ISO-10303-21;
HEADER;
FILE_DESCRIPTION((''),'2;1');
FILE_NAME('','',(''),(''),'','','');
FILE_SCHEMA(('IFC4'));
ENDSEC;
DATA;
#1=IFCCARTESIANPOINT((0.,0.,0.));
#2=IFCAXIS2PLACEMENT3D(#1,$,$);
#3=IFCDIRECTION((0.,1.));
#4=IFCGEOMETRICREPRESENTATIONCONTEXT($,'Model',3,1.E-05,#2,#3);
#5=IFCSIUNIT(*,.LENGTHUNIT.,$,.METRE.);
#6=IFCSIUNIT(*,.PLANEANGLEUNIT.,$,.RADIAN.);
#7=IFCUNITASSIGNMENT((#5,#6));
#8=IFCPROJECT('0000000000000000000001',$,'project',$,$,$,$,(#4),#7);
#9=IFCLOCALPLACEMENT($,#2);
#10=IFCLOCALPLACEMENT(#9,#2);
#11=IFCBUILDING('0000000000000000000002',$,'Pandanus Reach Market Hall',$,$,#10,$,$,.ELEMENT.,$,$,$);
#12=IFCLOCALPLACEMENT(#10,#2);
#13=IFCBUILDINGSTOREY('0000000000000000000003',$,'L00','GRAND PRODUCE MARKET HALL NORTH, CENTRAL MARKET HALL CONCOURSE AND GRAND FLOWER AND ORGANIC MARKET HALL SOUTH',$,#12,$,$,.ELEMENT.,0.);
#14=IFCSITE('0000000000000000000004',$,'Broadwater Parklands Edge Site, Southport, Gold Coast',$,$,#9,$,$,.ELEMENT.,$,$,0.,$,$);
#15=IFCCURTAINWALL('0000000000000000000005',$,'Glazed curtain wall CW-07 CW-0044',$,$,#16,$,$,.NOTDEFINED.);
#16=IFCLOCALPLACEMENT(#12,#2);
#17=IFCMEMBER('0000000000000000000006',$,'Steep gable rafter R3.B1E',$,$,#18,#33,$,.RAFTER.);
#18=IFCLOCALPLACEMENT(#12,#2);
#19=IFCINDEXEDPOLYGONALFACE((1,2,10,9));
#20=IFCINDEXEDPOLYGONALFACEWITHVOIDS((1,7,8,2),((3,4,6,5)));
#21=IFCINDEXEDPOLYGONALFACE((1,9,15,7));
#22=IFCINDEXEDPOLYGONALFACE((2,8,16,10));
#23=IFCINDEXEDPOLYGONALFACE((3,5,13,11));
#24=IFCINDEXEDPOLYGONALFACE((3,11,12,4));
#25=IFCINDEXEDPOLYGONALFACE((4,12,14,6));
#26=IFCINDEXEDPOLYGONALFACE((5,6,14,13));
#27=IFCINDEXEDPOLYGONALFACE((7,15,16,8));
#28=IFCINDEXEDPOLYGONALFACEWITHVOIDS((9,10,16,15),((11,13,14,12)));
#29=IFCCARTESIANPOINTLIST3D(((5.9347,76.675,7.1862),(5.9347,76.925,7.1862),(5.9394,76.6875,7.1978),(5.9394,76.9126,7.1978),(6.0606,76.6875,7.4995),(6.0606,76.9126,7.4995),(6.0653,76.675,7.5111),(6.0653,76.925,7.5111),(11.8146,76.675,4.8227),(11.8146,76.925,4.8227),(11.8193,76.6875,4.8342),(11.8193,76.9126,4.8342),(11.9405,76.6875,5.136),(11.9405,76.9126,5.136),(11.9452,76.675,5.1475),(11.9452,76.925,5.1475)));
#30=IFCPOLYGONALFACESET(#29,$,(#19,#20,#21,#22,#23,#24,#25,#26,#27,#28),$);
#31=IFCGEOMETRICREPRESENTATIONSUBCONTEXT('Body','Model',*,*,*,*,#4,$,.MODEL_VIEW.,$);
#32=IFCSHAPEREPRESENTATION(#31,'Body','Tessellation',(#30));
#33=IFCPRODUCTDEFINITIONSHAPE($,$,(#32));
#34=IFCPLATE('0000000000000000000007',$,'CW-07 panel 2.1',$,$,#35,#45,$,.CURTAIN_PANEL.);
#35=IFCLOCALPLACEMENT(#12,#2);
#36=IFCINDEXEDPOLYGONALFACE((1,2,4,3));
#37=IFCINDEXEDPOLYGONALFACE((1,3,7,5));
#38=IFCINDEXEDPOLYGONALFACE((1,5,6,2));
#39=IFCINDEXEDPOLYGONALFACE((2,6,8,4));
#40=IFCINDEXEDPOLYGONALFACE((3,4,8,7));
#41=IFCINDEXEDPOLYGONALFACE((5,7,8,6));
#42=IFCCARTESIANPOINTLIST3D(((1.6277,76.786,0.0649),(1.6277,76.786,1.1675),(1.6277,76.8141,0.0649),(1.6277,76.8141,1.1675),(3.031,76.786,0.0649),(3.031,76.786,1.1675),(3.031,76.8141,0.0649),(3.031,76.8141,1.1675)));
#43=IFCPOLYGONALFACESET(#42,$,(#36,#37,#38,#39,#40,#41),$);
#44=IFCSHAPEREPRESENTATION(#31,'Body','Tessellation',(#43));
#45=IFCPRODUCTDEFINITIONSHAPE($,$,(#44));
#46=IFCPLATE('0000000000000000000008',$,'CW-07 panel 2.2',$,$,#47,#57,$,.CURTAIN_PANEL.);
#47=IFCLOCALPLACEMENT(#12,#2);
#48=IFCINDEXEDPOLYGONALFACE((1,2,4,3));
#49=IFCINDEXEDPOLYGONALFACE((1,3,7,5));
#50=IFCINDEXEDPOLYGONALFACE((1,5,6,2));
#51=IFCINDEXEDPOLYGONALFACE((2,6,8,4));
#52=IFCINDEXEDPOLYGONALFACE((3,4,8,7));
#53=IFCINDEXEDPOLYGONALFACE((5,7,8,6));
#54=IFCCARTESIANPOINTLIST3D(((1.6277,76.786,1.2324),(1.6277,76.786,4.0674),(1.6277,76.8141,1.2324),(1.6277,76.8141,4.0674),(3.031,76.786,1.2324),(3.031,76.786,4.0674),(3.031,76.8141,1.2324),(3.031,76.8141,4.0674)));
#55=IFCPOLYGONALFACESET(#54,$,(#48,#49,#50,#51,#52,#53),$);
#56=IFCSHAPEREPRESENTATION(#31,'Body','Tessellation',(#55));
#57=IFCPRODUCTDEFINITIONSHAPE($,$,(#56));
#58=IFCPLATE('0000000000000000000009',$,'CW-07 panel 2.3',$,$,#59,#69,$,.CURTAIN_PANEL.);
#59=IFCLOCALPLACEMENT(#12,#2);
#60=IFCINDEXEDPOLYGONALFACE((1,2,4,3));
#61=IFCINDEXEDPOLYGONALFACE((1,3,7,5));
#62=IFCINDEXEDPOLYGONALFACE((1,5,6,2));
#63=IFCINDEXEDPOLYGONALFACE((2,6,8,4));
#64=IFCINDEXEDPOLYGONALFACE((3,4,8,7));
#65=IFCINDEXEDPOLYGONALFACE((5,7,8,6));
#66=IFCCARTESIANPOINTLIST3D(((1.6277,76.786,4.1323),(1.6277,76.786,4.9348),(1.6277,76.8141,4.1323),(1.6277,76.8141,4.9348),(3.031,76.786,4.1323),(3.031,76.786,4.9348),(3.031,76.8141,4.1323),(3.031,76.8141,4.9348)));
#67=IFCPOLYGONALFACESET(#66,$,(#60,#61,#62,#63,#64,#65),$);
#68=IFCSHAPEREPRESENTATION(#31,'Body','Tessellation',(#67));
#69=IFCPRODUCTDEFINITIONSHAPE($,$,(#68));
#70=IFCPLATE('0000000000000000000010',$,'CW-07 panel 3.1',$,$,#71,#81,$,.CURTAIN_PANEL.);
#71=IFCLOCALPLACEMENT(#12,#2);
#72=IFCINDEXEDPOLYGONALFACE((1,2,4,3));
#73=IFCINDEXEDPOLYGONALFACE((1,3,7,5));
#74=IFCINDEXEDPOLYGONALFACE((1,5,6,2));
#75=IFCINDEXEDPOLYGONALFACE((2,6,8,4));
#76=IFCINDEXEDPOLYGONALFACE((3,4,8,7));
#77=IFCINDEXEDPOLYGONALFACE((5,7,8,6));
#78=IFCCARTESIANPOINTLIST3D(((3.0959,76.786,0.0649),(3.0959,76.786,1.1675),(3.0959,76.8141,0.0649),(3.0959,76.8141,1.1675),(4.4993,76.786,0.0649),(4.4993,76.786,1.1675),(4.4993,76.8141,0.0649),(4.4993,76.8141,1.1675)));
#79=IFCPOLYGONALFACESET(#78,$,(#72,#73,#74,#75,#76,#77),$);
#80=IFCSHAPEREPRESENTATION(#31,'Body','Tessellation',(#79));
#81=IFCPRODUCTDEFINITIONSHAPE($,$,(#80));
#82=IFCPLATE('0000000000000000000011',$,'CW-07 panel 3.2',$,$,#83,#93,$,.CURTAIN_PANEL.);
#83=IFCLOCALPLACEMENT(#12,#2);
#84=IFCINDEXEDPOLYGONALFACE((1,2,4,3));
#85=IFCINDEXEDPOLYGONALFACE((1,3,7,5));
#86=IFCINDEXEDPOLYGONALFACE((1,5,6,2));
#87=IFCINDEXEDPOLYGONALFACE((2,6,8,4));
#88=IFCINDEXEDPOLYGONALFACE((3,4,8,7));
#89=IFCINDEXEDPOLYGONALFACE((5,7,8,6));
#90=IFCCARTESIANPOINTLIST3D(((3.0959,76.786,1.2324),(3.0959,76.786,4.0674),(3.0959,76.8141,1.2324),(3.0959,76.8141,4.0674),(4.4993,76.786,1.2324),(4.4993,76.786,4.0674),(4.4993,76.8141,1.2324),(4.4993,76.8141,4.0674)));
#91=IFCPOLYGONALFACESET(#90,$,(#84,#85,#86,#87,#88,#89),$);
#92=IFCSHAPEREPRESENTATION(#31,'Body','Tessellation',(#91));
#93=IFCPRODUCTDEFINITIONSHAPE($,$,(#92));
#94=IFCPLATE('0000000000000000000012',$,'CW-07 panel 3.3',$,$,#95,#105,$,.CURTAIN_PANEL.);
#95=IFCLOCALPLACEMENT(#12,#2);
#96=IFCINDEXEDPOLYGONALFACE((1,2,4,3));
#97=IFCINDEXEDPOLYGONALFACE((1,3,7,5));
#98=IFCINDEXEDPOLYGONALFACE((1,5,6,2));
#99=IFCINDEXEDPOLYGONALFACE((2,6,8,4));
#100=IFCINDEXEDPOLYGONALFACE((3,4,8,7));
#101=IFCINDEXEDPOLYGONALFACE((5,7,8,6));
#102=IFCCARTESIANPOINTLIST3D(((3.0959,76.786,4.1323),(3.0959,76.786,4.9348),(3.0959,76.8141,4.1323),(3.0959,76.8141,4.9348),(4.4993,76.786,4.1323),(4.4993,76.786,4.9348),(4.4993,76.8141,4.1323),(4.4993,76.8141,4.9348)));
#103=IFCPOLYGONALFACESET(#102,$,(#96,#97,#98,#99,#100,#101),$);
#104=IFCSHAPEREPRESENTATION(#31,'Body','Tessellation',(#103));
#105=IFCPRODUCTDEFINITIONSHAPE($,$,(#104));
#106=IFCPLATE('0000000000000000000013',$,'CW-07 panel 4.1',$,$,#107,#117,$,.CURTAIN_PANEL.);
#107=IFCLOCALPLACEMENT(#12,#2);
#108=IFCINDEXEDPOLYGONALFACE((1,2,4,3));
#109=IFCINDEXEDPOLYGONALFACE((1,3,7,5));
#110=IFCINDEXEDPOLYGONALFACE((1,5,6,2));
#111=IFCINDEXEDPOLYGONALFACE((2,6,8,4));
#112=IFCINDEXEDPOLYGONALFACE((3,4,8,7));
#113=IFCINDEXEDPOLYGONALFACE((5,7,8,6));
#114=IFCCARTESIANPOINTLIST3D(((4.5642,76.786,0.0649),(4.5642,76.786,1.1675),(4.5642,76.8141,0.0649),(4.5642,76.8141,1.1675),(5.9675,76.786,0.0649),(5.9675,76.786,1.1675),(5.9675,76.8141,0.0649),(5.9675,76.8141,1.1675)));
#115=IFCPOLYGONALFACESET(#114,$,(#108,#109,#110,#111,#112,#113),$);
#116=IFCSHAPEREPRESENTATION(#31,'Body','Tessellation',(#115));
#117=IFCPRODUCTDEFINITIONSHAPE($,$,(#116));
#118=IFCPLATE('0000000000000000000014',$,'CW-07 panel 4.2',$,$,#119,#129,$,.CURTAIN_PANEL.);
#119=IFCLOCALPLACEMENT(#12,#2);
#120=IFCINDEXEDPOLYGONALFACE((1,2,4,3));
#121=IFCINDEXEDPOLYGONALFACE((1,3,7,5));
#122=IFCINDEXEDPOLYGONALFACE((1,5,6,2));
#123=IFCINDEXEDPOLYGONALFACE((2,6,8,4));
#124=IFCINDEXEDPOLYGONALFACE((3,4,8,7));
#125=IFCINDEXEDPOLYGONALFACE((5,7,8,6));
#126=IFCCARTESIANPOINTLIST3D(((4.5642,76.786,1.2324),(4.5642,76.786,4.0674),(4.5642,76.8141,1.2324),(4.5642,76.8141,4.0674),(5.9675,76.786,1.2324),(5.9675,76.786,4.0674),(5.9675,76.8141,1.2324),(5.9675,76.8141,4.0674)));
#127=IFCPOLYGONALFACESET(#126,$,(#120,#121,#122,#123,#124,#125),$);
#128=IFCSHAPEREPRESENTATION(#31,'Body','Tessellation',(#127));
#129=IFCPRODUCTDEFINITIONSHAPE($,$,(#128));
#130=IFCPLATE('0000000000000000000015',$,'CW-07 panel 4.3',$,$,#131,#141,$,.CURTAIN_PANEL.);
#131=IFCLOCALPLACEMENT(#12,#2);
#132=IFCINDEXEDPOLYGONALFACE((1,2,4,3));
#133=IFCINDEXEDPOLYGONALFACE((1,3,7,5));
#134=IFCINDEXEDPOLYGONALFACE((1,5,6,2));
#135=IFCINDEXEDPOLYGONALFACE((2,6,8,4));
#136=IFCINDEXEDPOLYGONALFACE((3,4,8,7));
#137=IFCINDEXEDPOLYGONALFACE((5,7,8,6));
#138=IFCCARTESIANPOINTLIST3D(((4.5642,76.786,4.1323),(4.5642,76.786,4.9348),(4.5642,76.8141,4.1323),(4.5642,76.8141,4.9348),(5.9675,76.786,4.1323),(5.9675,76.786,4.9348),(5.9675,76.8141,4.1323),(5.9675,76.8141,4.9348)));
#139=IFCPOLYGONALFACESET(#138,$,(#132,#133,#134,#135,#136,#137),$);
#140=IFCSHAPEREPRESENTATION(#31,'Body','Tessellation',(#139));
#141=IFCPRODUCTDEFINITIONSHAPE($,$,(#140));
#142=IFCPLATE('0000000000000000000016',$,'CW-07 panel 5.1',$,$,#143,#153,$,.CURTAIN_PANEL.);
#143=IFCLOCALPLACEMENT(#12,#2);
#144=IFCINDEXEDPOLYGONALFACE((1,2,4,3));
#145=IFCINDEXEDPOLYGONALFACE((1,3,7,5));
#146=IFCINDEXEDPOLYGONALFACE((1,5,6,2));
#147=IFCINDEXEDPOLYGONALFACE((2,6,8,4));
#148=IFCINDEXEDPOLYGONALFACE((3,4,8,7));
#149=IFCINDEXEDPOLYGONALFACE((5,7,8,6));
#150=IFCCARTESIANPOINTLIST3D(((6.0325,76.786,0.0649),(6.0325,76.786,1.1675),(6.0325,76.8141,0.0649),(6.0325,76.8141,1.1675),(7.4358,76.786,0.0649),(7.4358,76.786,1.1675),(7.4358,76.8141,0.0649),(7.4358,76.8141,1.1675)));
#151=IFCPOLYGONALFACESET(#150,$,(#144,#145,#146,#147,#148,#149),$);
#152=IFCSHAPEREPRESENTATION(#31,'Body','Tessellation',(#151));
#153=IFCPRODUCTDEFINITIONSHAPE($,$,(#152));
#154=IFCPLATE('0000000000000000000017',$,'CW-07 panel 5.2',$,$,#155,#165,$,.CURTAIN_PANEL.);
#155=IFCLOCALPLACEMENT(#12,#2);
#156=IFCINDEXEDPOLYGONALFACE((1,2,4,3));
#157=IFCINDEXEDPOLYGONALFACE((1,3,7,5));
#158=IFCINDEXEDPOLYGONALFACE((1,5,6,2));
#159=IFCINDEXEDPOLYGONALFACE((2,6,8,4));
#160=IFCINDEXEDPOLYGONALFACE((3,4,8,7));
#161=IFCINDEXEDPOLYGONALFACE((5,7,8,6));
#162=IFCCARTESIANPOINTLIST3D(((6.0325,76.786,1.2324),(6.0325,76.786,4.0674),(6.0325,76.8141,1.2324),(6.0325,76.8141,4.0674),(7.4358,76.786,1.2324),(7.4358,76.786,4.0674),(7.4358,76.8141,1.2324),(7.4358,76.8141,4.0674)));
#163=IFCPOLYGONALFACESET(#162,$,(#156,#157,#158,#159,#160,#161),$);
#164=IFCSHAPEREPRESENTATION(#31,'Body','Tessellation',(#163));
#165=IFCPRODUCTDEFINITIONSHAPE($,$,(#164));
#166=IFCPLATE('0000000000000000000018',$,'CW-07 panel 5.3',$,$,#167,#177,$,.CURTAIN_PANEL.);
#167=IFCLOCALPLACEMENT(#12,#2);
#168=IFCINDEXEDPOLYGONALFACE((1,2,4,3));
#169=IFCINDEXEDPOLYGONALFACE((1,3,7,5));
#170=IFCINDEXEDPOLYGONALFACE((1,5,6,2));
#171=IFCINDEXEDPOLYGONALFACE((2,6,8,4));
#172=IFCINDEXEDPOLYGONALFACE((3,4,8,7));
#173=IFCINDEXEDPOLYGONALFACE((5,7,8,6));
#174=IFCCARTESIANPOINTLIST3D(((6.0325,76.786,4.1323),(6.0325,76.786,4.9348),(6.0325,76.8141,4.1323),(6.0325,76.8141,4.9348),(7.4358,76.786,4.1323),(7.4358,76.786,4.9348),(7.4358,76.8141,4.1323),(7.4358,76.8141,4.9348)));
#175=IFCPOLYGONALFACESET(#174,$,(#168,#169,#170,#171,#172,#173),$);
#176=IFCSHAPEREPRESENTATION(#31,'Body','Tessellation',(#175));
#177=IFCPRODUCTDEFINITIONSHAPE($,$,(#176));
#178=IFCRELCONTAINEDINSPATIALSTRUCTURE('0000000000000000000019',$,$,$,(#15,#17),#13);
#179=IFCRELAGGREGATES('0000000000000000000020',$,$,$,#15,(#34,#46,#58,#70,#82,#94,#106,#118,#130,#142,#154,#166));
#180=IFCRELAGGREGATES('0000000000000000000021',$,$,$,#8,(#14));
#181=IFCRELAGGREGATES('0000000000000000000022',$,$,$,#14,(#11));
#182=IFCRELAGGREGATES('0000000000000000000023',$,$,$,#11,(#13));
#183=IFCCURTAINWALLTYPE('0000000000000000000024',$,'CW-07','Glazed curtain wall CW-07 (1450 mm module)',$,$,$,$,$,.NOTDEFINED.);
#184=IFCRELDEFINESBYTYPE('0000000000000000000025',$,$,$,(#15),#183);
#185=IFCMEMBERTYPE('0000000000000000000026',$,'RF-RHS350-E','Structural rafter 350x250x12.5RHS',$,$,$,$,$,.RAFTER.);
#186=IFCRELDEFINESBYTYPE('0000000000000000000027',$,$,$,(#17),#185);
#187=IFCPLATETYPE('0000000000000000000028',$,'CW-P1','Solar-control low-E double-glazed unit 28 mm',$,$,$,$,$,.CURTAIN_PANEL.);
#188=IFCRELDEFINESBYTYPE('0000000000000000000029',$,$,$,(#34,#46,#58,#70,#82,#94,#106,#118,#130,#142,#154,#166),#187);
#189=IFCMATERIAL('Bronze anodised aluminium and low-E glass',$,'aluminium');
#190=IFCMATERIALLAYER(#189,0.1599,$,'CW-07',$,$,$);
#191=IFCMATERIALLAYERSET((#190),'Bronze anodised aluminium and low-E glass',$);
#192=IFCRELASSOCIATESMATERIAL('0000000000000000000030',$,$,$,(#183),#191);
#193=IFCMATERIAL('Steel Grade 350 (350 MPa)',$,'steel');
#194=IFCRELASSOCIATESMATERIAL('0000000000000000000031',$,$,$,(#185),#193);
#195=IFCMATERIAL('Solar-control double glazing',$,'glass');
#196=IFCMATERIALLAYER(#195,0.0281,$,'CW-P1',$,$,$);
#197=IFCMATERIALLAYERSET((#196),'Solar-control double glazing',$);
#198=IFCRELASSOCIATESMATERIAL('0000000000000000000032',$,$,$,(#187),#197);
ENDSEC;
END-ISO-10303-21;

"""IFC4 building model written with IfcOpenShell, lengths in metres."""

from ifc_helpers import new_model, si_unit, direction, frame, origin, origin_2d, place, context, subcontext, project, spatial, rectangle, hollow_rectangle, extrude, material, layer, layer_set, material_profile, profile_set, type_object, element, aggregate, save


model = new_model("IFC4")

# Units and contexts
model_context = context("Model", 3, precision=1e-05, world=origin(), true_north=direction((0.0, 1.0)))
body_context = subcontext(model_context, "Body", "Model", "MODEL_VIEW")
ifc_project = project(units=[si_unit("LENGTHUNIT", "METRE"), si_unit("PLANEANGLEUNIT", "RADIAN")], contexts=[model_context])

# Site, building, storey
site_placement = place(None, origin())
site = spatial("IfcSite", under=ifc_project, at=site_placement, Name="Broadwater Parklands Edge Site, Southport, Gold Coast", CompositionType="ELEMENT", RefElevation=0.0)
building_placement = place(site_placement, origin())
building = spatial("IfcBuilding", under=site, at=building_placement, Name="Pandanus Reach Market Hall", CompositionType="ELEMENT")
storey_placement = place(building_placement, origin())
storey = spatial("IfcBuildingStorey", under=building, at=storey_placement, Name="L00", Description="GRAND PRODUCE MARKET HALL NORTH, CENTRAL MARKET HALL CONCOURSE AND GRAND FLOWER AND ORGANIC MARKET HALL SOUTH", CompositionType="ELEMENT", Elevation=0.0)

# Shared definitions
ifc_material_1 = material(Name="Steel Grade 350 (350 MPa)", Category="steel")

# Curtain wall
ifc_material_2 = material(Name="Bronze anodised aluminium and low-E glass", Category="aluminium")
ifc_layer_1 = layer(ifc_material_2, 0.1599, Name="CW-07")
ifc_layer_set_1 = layer_set([ifc_layer_1], Name="Bronze anodised aluminium and low-E glass")
curtain_wall_type = type_object("IfcCurtainWallType", Name="CW-07", Description="Glazed curtain wall CW-07 (1450 mm module)", PredefinedType="NOTDEFINED", material=ifc_layer_set_1)
curtain_wall_placement = place(storey_placement, origin())
curtain_wall = element("IfcCurtainWall", 1, at=curtain_wall_placement, inside=storey, type_object=curtain_wall_type, Name="Glazed curtain wall CW-07 CW-0044", PredefinedType="NOTDEFINED")

# Member
ifc_material_profile_1 = material_profile(ifc_material_1, hollow_rectangle(XDim=0.25, YDim=0.3501, WallThickness=0.0125, at=origin_2d()), Name="350x250x12.5RHS", Category="LoadBearing")
ifc_profile_set_1 = profile_set([ifc_material_profile_1], Name="Steel Grade 350 (350 MPa)")
member_type_1 = type_object("IfcMemberType", Name="RF-RHS350-E", Description="Structural rafter 350x250x12.5RHS", PredefinedType="RAFTER", material=ifc_profile_set_1)
member_1_placement = place(storey_placement, frame((6.0, 76.8, 7.3486), z_axis=(0.927846, 0.0, -0.372964), x_axis=(0.0, 1.0, 0.0)))
element("IfcMember", 2, at=member_1_placement, inside=storey, type_object=member_type_1, Name="Steep gable rafter R3.B1E", PredefinedType="RAFTER", context=body_context, shape_type="SweptSolid", body=[
    extrude(hollow_rectangle(XDim=0.25, YDim=0.3501, WallThickness=0.0125, at=origin_2d()), origin(), (0.0, 0.0, 1.0), 6.3372),
])

# Plates
ifc_material_3 = material(Name="Solar-control double glazing", Category="glass")
ifc_layer_2 = layer(ifc_material_3, 0.0281, Name="CW-P1")
ifc_layer_set_2 = layer_set([ifc_layer_2], Name="Solar-control double glazing")
plate_type = type_object("IfcPlateType", Name="CW-P1", Description="Solar-control low-E double-glazed unit 28 mm", PredefinedType="CURTAIN_PANEL", material=ifc_layer_set_2)
plate_1_placement = place(storey_placement, frame((2.3293, 76.8, 0.0649), z_axis=(0.0, 0.0, 1.0), x_axis=(1.0, 0.0, 0.0)))
plate_1 = element("IfcPlate", 3, at=plate_1_placement, type_object=plate_type, Name="CW-07 panel 2.1", PredefinedType="CURTAIN_PANEL", context=body_context, shape_type="SweptSolid", body=[
    extrude(rectangle(XDim=1.4033, YDim=0.0281, at=origin_2d()), origin(), (0.0, 0.0, 1.0), 1.1025),
])
plate_2_placement = place(storey_placement, frame((2.3293, 76.8, 1.2324), z_axis=(0.0, 0.0, 1.0), x_axis=(1.0, 0.0, 0.0)))
plate_2 = element("IfcPlate", 4, at=plate_2_placement, type_object=plate_type, Name="CW-07 panel 2.2", PredefinedType="CURTAIN_PANEL", context=body_context, shape_type="SweptSolid", body=[
    extrude(rectangle(XDim=1.4033, YDim=0.0281, at=origin_2d()), origin(), (0.0, 0.0, 1.0), 2.835),
])
plate_3_placement = place(storey_placement, frame((2.3293, 76.8, 4.1323), z_axis=(0.0, 0.0, 1.0), x_axis=(1.0, 0.0, 0.0)))
plate_3 = element("IfcPlate", 5, at=plate_3_placement, type_object=plate_type, Name="CW-07 panel 2.3", PredefinedType="CURTAIN_PANEL", context=body_context, shape_type="SweptSolid", body=[
    extrude(rectangle(XDim=1.4033, YDim=0.0281, at=origin_2d()), origin(), (0.0, 0.0, 1.0), 0.8025),
])
plate_4_placement = place(storey_placement, frame((3.7976, 76.8, 0.0649), z_axis=(0.0, 0.0, 1.0), x_axis=(1.0, 0.0, 0.0)))
plate_4 = element("IfcPlate", 6, at=plate_4_placement, type_object=plate_type, Name="CW-07 panel 3.1", PredefinedType="CURTAIN_PANEL", context=body_context, shape_type="SweptSolid", body=[
    extrude(rectangle(XDim=1.4033, YDim=0.0281, at=origin_2d()), origin(), (0.0, 0.0, 1.0), 1.1025),
])
plate_5_placement = place(storey_placement, frame((3.7976, 76.8, 1.2324), z_axis=(0.0, 0.0, 1.0), x_axis=(1.0, 0.0, 0.0)))
plate_5 = element("IfcPlate", 7, at=plate_5_placement, type_object=plate_type, Name="CW-07 panel 3.2", PredefinedType="CURTAIN_PANEL", context=body_context, shape_type="SweptSolid", body=[
    extrude(rectangle(XDim=1.4033, YDim=0.0281, at=origin_2d()), origin(), (0.0, 0.0, 1.0), 2.835),
])
plate_6_placement = place(storey_placement, frame((3.7976, 76.8, 4.1323), z_axis=(0.0, 0.0, 1.0), x_axis=(1.0, 0.0, 0.0)))
plate_6 = element("IfcPlate", 8, at=plate_6_placement, type_object=plate_type, Name="CW-07 panel 3.3", PredefinedType="CURTAIN_PANEL", context=body_context, shape_type="SweptSolid", body=[
    extrude(rectangle(XDim=1.4033, YDim=0.0281, at=origin_2d()), origin(), (0.0, 0.0, 1.0), 0.8025),
])
plate_7_placement = place(storey_placement, frame((5.2659, 76.8, 0.0649), z_axis=(0.0, 0.0, 1.0), x_axis=(1.0, 0.0, 0.0)))
plate_7 = element("IfcPlate", 9, at=plate_7_placement, type_object=plate_type, Name="CW-07 panel 4.1", PredefinedType="CURTAIN_PANEL", context=body_context, shape_type="SweptSolid", body=[
    extrude(rectangle(XDim=1.4033, YDim=0.0281, at=origin_2d()), origin(), (0.0, 0.0, 1.0), 1.1025),
])
plate_8_placement = place(storey_placement, frame((5.2659, 76.8, 1.2324), z_axis=(0.0, 0.0, 1.0), x_axis=(1.0, 0.0, 0.0)))
plate_8 = element("IfcPlate", 10, at=plate_8_placement, type_object=plate_type, Name="CW-07 panel 4.2", PredefinedType="CURTAIN_PANEL", context=body_context, shape_type="SweptSolid", body=[
    extrude(rectangle(XDim=1.4033, YDim=0.0281, at=origin_2d()), origin(), (0.0, 0.0, 1.0), 2.835),
])
plate_9_placement = place(storey_placement, frame((5.2659, 76.8, 4.1323), z_axis=(0.0, 0.0, 1.0), x_axis=(1.0, 0.0, 0.0)))
plate_9 = element("IfcPlate", 11, at=plate_9_placement, type_object=plate_type, Name="CW-07 panel 4.3", PredefinedType="CURTAIN_PANEL", context=body_context, shape_type="SweptSolid", body=[
    extrude(rectangle(XDim=1.4033, YDim=0.0281, at=origin_2d()), origin(), (0.0, 0.0, 1.0), 0.8025),
])
plate_10_placement = place(storey_placement, frame((6.7341, 76.8, 0.0649), z_axis=(0.0, 0.0, 1.0), x_axis=(1.0, 0.0, 0.0)))
plate_10 = element("IfcPlate", 12, at=plate_10_placement, type_object=plate_type, Name="CW-07 panel 5.1", PredefinedType="CURTAIN_PANEL", context=body_context, shape_type="SweptSolid", body=[
    extrude(rectangle(XDim=1.4033, YDim=0.0281, at=origin_2d()), origin(), (0.0, 0.0, 1.0), 1.1025),
])
plate_11_placement = place(storey_placement, frame((6.7341, 76.8, 1.2324), z_axis=(0.0, 0.0, 1.0), x_axis=(1.0, 0.0, 0.0)))
plate_11 = element("IfcPlate", 13, at=plate_11_placement, type_object=plate_type, Name="CW-07 panel 5.2", PredefinedType="CURTAIN_PANEL", context=body_context, shape_type="SweptSolid", body=[
    extrude(rectangle(XDim=1.4033, YDim=0.0281, at=origin_2d()), origin(), (0.0, 0.0, 1.0), 2.835),
])
plate_12_placement = place(storey_placement, frame((6.7341, 76.8, 4.1323), z_axis=(0.0, 0.0, 1.0), x_axis=(1.0, 0.0, 0.0)))
plate_12 = element("IfcPlate", 14, at=plate_12_placement, type_object=plate_type, Name="CW-07 panel 5.3", PredefinedType="CURTAIN_PANEL", context=body_context, shape_type="SweptSolid", body=[
    extrude(rectangle(XDim=1.4033, YDim=0.0281, at=origin_2d()), origin(), (0.0, 0.0, 1.0), 0.8025),
])
aggregate(curtain_wall, [plate_1, plate_2, plate_3, plate_4, plate_5, plate_6, plate_7, plate_8, plate_9, plate_10, plate_11, plate_12])

save(model, "model.ifc")
